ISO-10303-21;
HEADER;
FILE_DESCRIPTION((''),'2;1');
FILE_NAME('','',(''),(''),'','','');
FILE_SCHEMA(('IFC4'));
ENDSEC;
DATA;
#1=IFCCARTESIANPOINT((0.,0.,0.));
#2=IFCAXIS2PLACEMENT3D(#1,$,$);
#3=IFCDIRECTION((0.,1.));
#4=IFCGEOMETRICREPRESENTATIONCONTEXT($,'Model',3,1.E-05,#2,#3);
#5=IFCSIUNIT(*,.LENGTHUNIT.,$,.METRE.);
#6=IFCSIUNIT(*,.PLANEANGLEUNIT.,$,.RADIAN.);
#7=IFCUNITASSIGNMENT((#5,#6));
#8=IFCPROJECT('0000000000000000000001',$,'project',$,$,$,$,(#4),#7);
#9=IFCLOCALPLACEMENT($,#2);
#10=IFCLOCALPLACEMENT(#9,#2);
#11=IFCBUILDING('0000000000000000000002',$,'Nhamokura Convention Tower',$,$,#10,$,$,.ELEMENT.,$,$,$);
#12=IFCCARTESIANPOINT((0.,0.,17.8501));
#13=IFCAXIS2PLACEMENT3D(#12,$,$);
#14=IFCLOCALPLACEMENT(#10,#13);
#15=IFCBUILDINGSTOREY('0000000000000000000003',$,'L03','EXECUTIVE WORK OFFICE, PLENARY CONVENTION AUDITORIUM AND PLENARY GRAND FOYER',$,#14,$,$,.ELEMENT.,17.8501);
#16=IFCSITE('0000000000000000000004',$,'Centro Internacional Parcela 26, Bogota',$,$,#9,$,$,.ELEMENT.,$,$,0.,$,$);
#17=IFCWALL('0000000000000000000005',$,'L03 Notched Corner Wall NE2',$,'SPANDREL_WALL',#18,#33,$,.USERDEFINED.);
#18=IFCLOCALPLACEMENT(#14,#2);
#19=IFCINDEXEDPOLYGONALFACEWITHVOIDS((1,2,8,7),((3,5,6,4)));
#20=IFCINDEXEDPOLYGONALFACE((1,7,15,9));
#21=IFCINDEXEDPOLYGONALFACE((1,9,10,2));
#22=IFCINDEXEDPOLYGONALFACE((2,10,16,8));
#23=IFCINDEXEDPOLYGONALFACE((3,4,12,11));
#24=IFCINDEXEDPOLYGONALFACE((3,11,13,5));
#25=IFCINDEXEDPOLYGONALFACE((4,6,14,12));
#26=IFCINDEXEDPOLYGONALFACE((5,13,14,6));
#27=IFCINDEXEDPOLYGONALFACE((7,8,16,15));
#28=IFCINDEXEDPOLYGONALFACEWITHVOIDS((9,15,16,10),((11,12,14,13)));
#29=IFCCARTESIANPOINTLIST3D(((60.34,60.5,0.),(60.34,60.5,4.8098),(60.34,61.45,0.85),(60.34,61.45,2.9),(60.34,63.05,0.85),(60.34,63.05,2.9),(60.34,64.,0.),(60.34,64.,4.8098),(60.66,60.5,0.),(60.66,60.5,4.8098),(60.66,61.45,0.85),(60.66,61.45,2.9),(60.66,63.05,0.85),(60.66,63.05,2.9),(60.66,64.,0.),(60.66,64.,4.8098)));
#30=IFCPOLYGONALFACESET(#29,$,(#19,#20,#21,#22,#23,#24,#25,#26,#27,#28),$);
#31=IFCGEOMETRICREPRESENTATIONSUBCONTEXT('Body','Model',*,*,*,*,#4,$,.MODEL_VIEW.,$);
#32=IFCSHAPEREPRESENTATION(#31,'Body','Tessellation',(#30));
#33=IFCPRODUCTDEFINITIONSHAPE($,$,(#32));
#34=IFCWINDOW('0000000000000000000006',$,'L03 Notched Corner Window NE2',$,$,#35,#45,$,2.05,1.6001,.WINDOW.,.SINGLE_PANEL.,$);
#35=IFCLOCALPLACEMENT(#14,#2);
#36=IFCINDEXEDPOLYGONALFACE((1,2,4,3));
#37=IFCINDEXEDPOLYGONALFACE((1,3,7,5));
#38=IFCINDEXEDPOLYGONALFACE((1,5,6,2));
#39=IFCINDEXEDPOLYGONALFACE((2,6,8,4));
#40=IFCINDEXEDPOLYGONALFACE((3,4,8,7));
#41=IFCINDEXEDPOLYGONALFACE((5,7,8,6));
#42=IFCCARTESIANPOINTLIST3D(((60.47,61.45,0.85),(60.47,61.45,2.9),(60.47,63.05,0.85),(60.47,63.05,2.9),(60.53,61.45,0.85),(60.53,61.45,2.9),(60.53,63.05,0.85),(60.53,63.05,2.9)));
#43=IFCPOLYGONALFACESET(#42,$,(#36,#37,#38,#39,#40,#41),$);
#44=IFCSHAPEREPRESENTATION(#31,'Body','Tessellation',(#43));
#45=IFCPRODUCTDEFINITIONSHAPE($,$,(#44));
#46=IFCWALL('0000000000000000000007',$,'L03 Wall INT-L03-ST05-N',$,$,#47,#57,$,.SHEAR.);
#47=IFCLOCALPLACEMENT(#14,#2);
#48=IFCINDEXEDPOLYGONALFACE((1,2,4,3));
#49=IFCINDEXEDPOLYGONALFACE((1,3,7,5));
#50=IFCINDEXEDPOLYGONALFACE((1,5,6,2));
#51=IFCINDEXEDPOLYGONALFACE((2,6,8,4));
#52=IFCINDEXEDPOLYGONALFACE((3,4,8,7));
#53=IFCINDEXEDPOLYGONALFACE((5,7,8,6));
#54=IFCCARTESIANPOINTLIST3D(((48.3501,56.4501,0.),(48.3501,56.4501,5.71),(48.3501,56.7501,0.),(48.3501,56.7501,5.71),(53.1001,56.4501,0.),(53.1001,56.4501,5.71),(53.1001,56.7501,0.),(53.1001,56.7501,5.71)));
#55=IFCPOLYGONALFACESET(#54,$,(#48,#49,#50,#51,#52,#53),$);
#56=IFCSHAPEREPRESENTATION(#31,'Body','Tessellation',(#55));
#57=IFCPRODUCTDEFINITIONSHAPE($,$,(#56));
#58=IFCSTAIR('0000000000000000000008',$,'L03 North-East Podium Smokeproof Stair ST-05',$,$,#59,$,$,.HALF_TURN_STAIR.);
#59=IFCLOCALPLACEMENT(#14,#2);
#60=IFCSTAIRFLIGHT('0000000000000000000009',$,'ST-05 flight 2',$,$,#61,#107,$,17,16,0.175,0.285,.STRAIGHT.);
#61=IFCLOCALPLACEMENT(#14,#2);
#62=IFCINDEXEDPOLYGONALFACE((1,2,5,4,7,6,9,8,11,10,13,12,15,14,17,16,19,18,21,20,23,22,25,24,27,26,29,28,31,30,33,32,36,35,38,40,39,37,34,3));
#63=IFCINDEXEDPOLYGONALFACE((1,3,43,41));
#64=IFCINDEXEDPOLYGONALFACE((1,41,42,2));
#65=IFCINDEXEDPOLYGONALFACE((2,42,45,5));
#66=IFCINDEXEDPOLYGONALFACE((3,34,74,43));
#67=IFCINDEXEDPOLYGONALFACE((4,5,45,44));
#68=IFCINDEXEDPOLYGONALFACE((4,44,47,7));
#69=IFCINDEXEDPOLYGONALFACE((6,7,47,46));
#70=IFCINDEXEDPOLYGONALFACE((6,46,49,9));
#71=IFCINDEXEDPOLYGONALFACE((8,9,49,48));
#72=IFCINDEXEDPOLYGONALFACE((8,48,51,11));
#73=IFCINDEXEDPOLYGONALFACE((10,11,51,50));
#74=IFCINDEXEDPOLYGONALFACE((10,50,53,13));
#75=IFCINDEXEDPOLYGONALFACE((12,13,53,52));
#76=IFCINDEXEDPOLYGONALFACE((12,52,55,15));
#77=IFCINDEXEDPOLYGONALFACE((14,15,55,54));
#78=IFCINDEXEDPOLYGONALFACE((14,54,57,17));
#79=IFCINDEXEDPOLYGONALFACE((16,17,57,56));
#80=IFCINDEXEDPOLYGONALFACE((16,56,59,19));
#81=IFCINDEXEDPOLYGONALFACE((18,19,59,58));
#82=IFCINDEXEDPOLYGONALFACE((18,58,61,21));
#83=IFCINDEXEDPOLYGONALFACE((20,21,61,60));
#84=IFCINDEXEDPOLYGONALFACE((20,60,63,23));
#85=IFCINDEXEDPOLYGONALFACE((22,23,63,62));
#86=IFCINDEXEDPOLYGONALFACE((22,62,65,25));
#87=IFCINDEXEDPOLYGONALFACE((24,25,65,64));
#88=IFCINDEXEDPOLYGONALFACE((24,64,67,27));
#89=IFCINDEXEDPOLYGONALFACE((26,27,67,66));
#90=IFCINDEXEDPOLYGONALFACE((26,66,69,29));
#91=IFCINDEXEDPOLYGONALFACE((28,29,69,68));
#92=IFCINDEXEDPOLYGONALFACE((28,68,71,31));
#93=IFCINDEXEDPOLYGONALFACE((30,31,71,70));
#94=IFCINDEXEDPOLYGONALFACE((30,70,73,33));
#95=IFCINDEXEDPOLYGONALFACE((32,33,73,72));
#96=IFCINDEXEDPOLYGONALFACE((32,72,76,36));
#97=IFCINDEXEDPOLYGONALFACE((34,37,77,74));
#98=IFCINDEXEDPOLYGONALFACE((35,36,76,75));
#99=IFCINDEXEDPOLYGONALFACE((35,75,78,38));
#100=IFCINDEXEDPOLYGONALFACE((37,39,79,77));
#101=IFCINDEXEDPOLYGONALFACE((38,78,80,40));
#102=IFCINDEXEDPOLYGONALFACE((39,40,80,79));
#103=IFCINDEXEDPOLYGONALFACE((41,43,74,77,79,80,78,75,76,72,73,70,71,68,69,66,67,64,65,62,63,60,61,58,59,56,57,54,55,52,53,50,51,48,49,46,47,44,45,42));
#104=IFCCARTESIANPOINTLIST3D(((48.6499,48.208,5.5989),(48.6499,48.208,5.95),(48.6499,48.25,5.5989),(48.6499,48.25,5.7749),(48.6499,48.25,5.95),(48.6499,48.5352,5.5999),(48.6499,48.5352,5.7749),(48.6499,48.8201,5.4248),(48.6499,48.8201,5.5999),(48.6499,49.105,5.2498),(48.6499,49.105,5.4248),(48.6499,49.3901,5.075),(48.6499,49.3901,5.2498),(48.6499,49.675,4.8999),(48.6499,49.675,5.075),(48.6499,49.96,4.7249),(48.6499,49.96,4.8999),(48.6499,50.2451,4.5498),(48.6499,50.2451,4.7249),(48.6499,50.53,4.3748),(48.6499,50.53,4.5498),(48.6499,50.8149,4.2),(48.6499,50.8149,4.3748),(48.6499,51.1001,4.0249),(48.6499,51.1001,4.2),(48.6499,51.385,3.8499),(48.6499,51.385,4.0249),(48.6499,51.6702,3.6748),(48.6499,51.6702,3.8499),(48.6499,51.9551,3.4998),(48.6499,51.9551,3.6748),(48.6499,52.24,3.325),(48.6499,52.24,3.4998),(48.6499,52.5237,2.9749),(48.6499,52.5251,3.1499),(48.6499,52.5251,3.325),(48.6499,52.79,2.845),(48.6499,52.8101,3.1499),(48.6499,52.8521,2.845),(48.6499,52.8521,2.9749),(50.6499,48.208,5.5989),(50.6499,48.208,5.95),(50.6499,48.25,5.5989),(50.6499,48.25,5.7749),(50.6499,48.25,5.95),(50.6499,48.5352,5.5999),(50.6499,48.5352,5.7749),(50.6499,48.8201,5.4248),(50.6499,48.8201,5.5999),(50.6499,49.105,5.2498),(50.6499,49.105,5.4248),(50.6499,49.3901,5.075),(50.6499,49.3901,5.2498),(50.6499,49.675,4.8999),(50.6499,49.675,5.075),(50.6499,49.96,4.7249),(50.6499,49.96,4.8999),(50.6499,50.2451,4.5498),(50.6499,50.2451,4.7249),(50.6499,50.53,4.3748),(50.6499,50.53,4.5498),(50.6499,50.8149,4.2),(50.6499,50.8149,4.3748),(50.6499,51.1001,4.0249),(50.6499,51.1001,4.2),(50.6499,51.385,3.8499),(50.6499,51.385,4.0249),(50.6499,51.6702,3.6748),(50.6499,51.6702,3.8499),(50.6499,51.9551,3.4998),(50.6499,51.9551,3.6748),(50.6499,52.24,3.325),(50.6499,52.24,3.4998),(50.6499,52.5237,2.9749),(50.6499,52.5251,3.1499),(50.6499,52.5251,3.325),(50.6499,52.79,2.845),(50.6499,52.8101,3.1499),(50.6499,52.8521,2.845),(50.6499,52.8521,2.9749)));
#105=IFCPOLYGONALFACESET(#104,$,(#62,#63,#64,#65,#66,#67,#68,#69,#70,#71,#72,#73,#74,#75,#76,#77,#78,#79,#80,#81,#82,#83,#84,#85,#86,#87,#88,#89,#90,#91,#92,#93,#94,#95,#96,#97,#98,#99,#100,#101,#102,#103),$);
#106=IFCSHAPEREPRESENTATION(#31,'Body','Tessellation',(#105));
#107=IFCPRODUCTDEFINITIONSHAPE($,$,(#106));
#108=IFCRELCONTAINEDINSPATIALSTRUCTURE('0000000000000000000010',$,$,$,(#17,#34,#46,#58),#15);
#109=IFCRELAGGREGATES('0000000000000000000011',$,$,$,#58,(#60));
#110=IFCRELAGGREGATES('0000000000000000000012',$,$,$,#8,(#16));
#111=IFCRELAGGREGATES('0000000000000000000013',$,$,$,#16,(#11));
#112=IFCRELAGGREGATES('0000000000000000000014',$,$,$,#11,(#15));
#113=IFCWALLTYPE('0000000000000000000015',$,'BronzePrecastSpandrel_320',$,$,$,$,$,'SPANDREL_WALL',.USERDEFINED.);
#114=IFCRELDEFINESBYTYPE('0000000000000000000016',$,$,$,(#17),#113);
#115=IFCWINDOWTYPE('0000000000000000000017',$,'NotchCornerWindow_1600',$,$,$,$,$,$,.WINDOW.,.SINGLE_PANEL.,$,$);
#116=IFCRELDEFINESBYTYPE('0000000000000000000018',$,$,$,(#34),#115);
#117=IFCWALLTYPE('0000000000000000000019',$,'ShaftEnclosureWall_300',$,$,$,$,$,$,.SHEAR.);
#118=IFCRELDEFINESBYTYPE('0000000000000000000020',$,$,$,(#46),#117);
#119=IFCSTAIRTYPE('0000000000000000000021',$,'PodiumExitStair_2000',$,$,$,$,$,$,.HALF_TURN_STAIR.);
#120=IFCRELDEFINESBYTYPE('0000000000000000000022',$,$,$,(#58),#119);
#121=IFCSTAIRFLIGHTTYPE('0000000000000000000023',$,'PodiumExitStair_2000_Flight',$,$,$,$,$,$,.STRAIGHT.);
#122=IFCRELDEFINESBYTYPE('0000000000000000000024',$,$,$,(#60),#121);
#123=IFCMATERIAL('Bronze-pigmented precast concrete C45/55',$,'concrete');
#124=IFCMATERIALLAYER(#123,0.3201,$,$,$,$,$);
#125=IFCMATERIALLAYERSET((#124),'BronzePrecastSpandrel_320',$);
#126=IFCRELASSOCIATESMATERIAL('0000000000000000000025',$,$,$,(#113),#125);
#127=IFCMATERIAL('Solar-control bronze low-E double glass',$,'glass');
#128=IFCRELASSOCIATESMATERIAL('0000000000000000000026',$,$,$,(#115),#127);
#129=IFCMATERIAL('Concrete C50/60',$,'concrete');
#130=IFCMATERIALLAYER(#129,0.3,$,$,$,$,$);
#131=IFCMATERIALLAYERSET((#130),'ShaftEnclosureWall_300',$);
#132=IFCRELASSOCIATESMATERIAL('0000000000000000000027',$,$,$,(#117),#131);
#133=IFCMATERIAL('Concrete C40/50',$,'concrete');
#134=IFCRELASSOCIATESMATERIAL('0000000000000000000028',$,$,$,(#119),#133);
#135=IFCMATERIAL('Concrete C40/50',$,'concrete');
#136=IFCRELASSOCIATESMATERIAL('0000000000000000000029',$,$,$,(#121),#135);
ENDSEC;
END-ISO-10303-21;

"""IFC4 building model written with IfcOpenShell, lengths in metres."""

from ifc_helpers import new_model, si_unit, direction, frame, frame_2d, origin, place, context, subcontext, project, spatial, polyline, rectangle, outline, extrude, material, layer, layer_set, type_object, element, fill, aggregate, save


model = new_model("IFC4")

# Units and contexts
model_context = context("Model", 3, precision=1e-05, world=origin(), true_north=direction((0.0, 1.0)))
body_context = subcontext(model_context, "Body", "Model", "MODEL_VIEW")
ifc_project = project(units=[si_unit("LENGTHUNIT", "METRE"), si_unit("PLANEANGLEUNIT", "RADIAN")], contexts=[model_context])

# Site, building, storey
site_placement = place(None, origin())
site = spatial("IfcSite", under=ifc_project, at=site_placement, Name="Centro Internacional Parcela 26, Bogota", CompositionType="ELEMENT", RefElevation=0.0)
building_placement = place(site_placement, origin())
building = spatial("IfcBuilding", under=site, at=building_placement, Name="Nhamokura Convention Tower", CompositionType="ELEMENT")
storey_placement = place(building_placement, frame((0.0, 0.0, 17.8501)))
storey = spatial("IfcBuildingStorey", under=building, at=storey_placement, Name="L03", Description="EXECUTIVE WORK OFFICE, PLENARY CONVENTION AUDITORIUM AND PLENARY GRAND FOYER", CompositionType="ELEMENT", Elevation=17.8501)

# Shared definitions
ifc_material_1 = material(Name="Bronze-pigmented precast concrete C45/55", Category="concrete")
ifc_layer_1 = layer(ifc_material_1, 0.3201)
ifc_layer_set_1 = layer_set([ifc_layer_1], Name="BronzePrecastSpandrel_320")
wall_type_1 = type_object("IfcWallType", Name="BronzePrecastSpandrel_320", ElementType="SPANDREL_WALL", PredefinedType="USERDEFINED", material=ifc_layer_set_1)

# Wall, opening, window
ifc_material_2 = material(Name="Solar-control bronze low-E double glass", Category="glass")
window_type = type_object("IfcWindowType", Name="NotchCornerWindow_1600", PartitioningType="SINGLE_PANEL", PredefinedType="WINDOW", material=ifc_material_2)
wall_1_placement = place(storey_placement, frame((60.5, 64.0, 0.0), z_axis=(0.0, 0.0, 1.0), x_axis=(0.0, -1.0, 0.0)))
wall_1 = element("IfcWall", 1, at=wall_1_placement, inside=storey, type_object=wall_type_1, Name="L03 Notched Corner Wall NE2", ObjectType="SPANDREL_WALL", PredefinedType="USERDEFINED", context=body_context, shape_type="SweptSolid", body=[
    extrude(rectangle(XDim=3.5, YDim=0.3201, at=frame_2d((1.75, 0.0))), origin(), (0.0, 0.0, 1.0), 4.8098),
])
opening_1_placement = place(wall_1_placement, frame((0.95, 0.0, 0.8501)))
opening_1 = element("IfcOpeningElement", 2, at=opening_1_placement, cuts=wall_1, PredefinedType="OPENING", context=body_context, shape_type="SweptSolid", body=[
    extrude(rectangle(XDim=1.6001, YDim=2.05, at=frame_2d((0.8, 1.0249))), frame((0.0, 0.1699, 0.0), z_axis=(0.0, -1.0, 0.0), x_axis=(1.0, 0.0, 0.0)), (0.0, 0.0, 1.0), 0.3401),
])
window_1_placement = place(opening_1_placement, origin())
window_1 = element("IfcWindow", 3, at=window_1_placement, inside=storey, type_object=window_type, Name="L03 Notched Corner Window NE2", OverallHeight=2.05, OverallWidth=1.6001, PartitioningType="SINGLE_PANEL", PredefinedType="WINDOW", context=body_context, shape_type="SweptSolid", body=[
    extrude(rectangle(XDim=1.6001, YDim=2.05, at=frame_2d((0.8, 1.0249))), frame((0.0, 0.03, 0.0), z_axis=(0.0, -1.0, 0.0), x_axis=(1.0, 0.0, 0.0)), (0.0, 0.0, 1.0), 0.0601),
])
fill(opening_1, window_1)

# Wall
ifc_material_3 = material(Name="Concrete C50/60", Category="concrete")
ifc_layer_2 = layer(ifc_material_3, 0.3)
ifc_layer_set_2 = layer_set([ifc_layer_2], Name="ShaftEnclosureWall_300")
wall_type_2 = type_object("IfcWallType", Name="ShaftEnclosureWall_300", PredefinedType="SHEAR", material=ifc_layer_set_2)
wall_2_placement = place(storey_placement, frame((48.3501, 56.6001, 0.0), z_axis=(0.0, 0.0, 1.0), x_axis=(1.0, 0.0, 0.0)))
element("IfcWall", 4, at=wall_2_placement, inside=storey, type_object=wall_type_2, Name="L03 Wall INT-L03-ST05-N", PredefinedType="SHEAR", context=body_context, shape_type="SweptSolid", body=[
    extrude(rectangle(XDim=4.75, YDim=0.3, at=frame_2d((2.375, 0.0))), origin(), (0.0, 0.0, 1.0), 5.71),
])

# Stair, stair flight
ifc_material_4 = material(Name="Concrete C40/50", Category="concrete")
stair_type = type_object("IfcStairType", Name="PodiumExitStair_2000", PredefinedType="HALF_TURN_STAIR", material=ifc_material_4)
stair_placement = place(storey_placement, origin())
stair = element("IfcStair", 5, at=stair_placement, inside=storey, type_object=stair_type, Name="L03 North-East Podium Smokeproof Stair ST-05", PredefinedType="HALF_TURN_STAIR")
ifc_material_5 = material(Name="Concrete C40/50", Category="concrete")
stair_flight_type = type_object("IfcStairFlightType", Name="PodiumExitStair_2000_Flight", PredefinedType="STRAIGHT", material=ifc_material_5)
stair_flight_placement = place(storey_placement, frame((49.6499, 52.8101, 2.9749), z_axis=(0.0, 0.0, 1.0), x_axis=(0.0, -1.0, 0.0)))
stair_flight = element("IfcStairFlight", 6, at=stair_flight_placement, type_object=stair_flight_type, Name="ST-05 flight 2", NumberOfRisers=17, NumberOfTreads=16, PredefinedType="STRAIGHT", RiserHeight=0.175, TreadLength=0.285, context=body_context, shape_type="SweptSolid", body=[
    extrude(outline(polyline([(-0.042, 0.0), (0.0, 0.175), (0.2849, 0.175), (0.2849, 0.3501), (0.5701, 0.3501), (0.5701, 0.5249), (0.855, 0.5249), (0.855, 0.7), (1.1399, 0.7), (1.1399, 0.875), (1.425, 0.875), (1.425, 1.05), (1.71, 1.05), (1.71, 1.2251), (1.9951, 1.2251), (1.9951, 1.3999), (2.28, 1.3999), (2.28, 1.575), (2.5649, 1.575), (2.5649, 1.75), (2.8501, 1.75), (2.8501, 1.925), (3.135, 1.925), (3.135, 2.1001), (3.4199, 2.1001), (3.4199, 2.2749), (3.7051, 2.2749), (3.7051, 2.45), (3.99, 2.45), (3.99, 2.625), (4.2749, 2.625), (4.2749, 2.8), (4.5601, 2.8), (4.5601, 2.9751), (4.6021, 2.9751), (4.6021, 2.624), (4.5601, 2.624), (0.2864, 0.0), (0.02, -0.1299), (-0.042, -0.1299), (-0.042, 0.0)])), frame((0.0, 1.0, 0.0), z_axis=(0.0, -1.0, 0.0), x_axis=(1.0, 0.0, 0.0)), (0.0, 0.0, 1.0), 2.0),
])
aggregate(stair, [stair_flight])

save(model, "model.ifc")
